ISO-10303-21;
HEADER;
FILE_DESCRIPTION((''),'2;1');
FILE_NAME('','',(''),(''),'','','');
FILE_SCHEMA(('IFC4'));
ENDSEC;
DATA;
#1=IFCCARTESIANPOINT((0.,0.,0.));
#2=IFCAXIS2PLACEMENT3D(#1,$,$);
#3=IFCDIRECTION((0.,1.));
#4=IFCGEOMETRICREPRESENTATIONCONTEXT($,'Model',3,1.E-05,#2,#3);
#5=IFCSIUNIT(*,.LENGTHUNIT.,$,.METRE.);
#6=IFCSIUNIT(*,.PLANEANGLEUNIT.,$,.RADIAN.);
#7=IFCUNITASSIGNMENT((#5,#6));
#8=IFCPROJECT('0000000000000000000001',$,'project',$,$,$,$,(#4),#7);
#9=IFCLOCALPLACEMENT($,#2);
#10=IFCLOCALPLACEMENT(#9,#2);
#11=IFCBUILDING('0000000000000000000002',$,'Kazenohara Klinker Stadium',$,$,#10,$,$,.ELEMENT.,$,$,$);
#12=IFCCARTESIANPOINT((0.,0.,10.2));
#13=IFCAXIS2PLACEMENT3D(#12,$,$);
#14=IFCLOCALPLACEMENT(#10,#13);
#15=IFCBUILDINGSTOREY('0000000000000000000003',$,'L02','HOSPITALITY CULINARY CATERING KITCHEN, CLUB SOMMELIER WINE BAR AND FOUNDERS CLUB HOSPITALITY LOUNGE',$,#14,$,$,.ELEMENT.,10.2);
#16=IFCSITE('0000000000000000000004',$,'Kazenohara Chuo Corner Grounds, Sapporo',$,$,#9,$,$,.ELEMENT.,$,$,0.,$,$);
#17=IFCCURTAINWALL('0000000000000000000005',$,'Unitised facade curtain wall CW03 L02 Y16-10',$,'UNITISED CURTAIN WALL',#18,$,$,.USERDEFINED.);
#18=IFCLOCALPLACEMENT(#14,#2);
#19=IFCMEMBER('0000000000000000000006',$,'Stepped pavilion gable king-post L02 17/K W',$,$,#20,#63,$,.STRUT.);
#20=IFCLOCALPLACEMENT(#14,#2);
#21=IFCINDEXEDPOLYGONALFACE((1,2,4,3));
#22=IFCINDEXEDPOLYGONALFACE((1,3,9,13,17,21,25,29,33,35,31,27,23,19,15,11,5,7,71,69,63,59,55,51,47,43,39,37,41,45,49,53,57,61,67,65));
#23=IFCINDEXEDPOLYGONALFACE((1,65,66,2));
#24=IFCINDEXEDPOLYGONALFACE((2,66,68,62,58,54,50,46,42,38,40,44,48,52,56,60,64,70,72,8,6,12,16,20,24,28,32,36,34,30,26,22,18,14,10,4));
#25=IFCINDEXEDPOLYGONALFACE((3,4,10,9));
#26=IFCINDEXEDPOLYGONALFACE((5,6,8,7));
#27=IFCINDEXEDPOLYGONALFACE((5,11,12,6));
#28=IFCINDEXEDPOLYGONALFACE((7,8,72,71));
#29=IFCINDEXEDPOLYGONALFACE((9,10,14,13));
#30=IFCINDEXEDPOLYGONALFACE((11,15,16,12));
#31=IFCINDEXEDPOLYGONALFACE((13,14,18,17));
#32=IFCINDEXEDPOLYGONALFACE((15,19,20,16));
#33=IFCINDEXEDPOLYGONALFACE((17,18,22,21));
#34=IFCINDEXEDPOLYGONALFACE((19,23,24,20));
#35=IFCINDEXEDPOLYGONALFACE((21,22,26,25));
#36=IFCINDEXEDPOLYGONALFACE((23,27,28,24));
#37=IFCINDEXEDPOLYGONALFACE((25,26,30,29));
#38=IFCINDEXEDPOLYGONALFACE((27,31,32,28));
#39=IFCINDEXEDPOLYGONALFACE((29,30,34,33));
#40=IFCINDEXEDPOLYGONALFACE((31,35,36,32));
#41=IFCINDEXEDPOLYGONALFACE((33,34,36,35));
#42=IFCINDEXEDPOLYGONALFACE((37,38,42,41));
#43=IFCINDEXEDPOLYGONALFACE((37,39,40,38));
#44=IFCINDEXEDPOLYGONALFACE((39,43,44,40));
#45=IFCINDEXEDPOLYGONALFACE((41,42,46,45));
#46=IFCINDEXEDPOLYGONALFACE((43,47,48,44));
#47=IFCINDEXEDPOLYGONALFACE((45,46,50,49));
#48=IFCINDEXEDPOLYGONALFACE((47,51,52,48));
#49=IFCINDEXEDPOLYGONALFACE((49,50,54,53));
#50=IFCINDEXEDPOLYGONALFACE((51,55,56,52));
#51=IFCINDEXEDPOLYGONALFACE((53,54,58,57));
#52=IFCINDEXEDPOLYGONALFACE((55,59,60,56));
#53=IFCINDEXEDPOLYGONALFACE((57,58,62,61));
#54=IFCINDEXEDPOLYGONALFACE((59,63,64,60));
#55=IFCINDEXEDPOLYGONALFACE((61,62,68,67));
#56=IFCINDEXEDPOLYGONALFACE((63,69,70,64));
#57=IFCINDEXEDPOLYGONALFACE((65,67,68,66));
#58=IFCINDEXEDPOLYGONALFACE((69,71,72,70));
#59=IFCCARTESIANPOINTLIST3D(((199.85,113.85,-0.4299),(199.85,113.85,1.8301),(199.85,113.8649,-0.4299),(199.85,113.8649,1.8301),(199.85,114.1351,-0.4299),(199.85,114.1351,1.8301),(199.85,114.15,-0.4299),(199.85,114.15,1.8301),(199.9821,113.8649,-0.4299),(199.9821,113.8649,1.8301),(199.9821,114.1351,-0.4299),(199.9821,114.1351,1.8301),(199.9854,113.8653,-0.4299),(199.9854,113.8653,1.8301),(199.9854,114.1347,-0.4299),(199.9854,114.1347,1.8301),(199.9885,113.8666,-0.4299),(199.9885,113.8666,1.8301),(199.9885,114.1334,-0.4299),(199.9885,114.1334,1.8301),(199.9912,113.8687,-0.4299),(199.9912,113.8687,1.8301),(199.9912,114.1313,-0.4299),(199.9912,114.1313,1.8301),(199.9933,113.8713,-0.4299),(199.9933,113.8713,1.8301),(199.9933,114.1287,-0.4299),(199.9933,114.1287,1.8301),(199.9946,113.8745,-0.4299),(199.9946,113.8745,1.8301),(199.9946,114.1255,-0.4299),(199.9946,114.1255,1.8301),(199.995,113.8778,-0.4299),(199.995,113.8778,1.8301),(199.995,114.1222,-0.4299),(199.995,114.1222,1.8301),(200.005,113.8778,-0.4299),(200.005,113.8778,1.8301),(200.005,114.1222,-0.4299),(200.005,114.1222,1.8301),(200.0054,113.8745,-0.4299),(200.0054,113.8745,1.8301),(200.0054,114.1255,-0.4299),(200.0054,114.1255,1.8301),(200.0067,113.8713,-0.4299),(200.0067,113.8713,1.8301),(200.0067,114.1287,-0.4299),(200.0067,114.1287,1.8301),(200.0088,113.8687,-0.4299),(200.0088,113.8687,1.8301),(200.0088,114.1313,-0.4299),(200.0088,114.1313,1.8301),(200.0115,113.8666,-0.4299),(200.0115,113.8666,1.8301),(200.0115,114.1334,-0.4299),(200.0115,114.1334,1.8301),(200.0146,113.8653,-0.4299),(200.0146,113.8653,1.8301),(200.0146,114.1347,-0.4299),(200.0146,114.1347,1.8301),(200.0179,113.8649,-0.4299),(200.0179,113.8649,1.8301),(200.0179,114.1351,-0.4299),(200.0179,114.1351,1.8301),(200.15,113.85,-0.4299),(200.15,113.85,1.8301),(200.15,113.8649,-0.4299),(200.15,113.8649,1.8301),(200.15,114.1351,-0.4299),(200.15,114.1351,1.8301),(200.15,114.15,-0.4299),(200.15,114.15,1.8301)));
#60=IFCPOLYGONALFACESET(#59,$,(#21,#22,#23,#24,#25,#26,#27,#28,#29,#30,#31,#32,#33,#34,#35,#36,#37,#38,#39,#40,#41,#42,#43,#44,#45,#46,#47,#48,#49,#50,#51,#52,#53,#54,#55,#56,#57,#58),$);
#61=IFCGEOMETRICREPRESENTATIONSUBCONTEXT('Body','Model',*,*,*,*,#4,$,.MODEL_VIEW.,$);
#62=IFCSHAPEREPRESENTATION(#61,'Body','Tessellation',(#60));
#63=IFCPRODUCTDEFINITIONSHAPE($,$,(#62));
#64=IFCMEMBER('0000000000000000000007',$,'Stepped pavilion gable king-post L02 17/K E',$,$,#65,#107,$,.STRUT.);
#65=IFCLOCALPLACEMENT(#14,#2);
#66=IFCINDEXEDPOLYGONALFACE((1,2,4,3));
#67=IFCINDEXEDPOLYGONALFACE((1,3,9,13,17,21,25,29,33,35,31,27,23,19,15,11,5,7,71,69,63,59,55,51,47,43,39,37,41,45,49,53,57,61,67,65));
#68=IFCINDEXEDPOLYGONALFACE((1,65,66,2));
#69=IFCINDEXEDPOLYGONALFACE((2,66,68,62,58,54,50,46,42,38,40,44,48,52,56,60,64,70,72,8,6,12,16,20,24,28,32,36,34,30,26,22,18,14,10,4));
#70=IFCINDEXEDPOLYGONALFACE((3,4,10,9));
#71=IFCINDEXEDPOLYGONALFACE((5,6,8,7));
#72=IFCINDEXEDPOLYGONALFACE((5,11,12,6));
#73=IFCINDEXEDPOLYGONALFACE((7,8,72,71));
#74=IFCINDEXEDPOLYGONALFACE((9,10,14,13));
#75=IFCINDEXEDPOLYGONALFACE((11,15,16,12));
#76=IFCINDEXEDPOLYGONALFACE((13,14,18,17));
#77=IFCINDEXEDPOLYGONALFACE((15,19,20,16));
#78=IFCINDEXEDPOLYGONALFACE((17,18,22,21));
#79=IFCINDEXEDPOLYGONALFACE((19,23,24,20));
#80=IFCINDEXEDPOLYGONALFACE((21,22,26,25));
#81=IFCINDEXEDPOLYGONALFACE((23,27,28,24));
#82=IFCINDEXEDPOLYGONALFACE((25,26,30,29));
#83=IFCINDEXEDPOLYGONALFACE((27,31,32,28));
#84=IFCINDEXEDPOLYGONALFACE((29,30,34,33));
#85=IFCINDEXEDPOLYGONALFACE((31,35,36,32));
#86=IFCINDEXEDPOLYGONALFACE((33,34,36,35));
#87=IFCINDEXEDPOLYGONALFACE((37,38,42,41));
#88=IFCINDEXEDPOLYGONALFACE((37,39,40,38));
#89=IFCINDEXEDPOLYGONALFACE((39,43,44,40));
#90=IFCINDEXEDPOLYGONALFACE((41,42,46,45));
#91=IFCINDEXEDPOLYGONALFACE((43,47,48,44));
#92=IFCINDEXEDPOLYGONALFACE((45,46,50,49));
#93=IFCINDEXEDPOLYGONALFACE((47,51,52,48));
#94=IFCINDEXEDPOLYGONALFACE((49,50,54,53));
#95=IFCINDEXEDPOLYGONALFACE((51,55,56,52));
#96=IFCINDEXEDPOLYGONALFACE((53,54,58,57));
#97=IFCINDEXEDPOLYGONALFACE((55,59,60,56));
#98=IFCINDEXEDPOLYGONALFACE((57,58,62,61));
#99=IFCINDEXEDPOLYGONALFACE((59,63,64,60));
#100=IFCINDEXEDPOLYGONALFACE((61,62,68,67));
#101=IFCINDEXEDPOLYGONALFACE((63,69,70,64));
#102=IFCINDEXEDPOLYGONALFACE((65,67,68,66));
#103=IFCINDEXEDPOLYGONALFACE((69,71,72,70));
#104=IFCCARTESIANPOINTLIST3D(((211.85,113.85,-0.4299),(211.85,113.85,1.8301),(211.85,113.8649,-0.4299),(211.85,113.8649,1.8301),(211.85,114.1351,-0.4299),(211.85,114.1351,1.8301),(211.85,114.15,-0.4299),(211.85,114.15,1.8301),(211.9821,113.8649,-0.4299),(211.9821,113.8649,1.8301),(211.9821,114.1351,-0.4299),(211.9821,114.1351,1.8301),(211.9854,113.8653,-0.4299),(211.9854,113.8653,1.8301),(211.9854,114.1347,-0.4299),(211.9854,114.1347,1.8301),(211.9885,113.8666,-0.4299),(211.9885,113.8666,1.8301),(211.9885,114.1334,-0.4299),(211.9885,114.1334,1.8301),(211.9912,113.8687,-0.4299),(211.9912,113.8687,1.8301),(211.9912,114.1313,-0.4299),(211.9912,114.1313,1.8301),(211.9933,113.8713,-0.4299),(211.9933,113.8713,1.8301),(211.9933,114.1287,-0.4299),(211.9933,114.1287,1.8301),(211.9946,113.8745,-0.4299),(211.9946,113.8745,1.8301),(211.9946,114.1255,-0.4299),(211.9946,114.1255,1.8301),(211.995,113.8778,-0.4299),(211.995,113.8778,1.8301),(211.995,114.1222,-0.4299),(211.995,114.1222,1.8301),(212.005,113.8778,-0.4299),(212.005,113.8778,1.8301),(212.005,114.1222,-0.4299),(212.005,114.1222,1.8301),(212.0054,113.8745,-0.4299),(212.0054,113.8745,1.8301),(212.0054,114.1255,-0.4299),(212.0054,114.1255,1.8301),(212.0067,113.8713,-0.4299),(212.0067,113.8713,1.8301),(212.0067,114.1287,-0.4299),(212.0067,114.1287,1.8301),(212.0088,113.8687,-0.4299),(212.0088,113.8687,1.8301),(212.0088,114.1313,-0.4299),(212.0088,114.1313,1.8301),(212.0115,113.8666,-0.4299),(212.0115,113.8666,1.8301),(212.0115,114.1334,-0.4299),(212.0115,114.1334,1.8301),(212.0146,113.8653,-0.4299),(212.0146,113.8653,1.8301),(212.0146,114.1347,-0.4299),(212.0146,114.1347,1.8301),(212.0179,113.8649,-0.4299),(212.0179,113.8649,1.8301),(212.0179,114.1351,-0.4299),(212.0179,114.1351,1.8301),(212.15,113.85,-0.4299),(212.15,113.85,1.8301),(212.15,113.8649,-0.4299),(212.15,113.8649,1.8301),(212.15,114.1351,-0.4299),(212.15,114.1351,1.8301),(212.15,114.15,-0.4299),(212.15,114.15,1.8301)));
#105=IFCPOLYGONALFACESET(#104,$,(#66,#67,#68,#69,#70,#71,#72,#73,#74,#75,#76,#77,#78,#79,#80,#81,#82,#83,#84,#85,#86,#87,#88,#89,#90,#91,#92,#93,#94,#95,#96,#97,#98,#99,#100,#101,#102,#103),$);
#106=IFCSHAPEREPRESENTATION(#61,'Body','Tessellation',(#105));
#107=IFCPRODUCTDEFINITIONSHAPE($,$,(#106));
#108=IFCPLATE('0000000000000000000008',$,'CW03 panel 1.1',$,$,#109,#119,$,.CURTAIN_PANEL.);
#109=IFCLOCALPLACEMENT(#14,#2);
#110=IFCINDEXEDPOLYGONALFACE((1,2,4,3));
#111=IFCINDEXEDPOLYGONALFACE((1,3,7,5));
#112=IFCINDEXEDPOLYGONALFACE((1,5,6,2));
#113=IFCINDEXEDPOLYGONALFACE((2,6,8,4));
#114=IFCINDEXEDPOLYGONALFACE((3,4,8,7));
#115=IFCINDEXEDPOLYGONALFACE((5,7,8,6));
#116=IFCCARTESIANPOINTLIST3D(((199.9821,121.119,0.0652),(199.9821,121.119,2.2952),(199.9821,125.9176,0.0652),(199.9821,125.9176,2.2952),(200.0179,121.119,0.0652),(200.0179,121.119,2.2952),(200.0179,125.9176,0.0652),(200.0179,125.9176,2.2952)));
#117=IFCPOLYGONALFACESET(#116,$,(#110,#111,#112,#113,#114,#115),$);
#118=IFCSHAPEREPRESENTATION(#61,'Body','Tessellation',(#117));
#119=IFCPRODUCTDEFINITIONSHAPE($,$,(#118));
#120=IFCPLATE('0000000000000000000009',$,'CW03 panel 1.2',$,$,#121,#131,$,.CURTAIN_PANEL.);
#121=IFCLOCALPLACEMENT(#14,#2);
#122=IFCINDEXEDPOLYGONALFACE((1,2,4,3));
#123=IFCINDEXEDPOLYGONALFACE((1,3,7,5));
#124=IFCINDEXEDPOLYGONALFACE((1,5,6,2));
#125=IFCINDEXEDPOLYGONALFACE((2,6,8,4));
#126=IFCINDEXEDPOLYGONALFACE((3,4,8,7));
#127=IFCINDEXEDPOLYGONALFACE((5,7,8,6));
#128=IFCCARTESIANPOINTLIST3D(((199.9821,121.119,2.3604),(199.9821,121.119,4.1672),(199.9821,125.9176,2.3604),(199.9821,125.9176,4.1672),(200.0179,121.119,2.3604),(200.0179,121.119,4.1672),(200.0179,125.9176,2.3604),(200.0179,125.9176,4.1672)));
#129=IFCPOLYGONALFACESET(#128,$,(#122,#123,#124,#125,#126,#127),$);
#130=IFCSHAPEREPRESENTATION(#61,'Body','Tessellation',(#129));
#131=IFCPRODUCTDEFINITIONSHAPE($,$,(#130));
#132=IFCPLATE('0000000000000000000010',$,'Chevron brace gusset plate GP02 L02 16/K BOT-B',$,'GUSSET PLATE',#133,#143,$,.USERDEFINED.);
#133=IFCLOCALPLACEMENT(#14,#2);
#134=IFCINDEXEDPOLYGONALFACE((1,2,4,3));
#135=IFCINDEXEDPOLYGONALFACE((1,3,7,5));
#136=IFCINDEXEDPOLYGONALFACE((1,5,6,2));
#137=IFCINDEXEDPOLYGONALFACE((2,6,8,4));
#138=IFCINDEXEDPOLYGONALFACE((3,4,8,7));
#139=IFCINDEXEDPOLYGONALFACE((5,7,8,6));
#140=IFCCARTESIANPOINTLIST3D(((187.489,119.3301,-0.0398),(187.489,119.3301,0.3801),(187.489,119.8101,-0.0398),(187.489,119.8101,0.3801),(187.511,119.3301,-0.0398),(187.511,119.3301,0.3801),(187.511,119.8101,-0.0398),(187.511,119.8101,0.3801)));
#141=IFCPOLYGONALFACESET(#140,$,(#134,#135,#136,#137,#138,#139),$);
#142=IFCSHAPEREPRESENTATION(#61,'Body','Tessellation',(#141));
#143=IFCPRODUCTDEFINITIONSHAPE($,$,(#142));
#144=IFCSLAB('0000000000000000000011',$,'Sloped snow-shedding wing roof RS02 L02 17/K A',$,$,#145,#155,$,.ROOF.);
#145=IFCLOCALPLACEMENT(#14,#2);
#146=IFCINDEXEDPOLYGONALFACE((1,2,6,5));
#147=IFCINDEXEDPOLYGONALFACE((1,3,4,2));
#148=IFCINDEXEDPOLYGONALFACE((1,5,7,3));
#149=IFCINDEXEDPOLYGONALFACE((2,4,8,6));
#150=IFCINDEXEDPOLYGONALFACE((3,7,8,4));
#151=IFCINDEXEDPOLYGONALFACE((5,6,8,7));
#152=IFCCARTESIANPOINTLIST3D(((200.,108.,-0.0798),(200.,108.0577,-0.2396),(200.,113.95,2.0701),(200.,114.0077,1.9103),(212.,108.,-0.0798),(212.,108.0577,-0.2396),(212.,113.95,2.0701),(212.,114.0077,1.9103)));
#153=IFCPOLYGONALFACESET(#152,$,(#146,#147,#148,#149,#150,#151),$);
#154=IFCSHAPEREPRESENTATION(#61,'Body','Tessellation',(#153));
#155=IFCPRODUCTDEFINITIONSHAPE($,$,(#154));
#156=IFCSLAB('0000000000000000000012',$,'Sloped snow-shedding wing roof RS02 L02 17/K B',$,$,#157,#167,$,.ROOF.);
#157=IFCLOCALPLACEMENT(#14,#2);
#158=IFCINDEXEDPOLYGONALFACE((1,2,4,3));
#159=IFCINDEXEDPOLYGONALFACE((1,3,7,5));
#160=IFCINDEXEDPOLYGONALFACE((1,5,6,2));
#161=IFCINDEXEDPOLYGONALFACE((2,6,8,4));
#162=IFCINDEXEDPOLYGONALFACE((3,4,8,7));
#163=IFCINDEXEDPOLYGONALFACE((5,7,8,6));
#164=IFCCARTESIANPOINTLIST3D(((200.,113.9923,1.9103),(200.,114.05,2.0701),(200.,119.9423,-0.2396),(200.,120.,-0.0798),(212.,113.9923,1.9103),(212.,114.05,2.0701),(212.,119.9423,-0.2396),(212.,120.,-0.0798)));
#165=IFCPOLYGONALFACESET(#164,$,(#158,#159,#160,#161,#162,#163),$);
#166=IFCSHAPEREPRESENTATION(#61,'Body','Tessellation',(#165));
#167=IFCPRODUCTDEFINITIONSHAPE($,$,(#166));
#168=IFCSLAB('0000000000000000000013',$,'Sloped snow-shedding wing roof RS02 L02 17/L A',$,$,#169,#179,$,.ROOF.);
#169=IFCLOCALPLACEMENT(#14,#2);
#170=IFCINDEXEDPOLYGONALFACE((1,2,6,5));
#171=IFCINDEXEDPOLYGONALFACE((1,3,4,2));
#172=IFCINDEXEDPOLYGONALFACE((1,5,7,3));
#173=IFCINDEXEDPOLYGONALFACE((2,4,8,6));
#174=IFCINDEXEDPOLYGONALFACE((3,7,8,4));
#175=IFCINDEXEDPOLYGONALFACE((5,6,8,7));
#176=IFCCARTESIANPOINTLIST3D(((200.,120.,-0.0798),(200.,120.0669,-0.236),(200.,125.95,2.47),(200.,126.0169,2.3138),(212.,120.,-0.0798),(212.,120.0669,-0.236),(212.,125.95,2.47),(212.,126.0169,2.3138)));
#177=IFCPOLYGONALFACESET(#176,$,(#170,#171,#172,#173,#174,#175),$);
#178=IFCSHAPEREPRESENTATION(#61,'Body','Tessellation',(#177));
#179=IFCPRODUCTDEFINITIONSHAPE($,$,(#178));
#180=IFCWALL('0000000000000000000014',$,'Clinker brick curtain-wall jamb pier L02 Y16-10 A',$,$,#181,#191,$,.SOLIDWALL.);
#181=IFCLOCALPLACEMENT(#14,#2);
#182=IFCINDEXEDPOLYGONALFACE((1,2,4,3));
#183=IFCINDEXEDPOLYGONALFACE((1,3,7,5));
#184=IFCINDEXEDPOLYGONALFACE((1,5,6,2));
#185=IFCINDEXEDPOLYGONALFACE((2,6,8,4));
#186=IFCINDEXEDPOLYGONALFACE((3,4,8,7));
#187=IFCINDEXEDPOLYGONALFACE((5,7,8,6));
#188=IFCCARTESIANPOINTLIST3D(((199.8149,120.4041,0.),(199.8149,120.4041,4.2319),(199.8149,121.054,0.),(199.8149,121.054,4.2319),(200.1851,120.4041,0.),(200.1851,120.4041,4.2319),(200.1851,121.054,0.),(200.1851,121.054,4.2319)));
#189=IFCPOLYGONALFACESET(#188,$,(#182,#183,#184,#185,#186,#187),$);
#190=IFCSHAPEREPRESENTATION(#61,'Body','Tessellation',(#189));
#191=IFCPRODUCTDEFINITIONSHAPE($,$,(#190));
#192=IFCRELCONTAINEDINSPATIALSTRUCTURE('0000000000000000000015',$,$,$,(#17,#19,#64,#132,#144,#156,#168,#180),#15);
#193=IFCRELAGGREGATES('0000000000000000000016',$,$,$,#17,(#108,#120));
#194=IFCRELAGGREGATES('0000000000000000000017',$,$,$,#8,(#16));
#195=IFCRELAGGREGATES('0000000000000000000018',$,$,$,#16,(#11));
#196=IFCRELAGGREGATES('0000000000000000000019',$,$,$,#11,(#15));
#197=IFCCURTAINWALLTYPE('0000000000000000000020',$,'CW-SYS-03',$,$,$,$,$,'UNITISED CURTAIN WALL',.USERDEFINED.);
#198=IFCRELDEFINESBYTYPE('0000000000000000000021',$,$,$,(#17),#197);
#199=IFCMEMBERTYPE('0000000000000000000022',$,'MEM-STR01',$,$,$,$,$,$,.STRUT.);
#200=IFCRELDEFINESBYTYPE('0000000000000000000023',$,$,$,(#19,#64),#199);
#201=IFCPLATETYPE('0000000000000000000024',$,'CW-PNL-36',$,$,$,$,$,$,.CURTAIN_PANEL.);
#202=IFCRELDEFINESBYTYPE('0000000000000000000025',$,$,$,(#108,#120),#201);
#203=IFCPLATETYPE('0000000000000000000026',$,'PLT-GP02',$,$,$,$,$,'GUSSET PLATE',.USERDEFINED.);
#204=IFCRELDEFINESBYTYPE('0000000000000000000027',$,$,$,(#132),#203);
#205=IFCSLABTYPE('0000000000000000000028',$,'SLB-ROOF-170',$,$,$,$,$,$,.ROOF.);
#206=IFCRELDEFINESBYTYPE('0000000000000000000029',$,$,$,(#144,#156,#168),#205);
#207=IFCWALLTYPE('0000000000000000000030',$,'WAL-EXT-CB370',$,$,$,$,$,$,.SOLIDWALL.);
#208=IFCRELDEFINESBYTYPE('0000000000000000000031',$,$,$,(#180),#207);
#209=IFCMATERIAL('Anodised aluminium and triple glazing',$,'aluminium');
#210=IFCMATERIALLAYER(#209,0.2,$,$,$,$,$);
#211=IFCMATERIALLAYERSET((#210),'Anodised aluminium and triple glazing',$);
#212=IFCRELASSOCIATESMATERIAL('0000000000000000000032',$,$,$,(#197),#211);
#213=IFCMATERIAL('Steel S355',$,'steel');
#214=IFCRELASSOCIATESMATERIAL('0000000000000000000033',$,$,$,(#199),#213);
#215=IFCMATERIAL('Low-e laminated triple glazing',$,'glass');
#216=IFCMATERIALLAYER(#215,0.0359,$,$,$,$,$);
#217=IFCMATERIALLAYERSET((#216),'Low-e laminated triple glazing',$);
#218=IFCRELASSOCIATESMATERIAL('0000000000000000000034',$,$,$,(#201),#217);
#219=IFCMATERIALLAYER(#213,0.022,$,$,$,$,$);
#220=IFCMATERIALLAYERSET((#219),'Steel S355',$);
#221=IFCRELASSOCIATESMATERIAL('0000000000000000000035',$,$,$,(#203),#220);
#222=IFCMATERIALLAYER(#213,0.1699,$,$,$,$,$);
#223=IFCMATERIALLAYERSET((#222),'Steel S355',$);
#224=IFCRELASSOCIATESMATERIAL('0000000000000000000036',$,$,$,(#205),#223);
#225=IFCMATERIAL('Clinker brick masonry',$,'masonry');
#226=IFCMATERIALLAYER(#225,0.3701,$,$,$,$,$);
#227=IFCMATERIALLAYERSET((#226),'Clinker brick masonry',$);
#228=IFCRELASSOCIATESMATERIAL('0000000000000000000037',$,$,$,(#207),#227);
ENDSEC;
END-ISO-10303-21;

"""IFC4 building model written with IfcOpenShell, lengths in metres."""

from ifc_helpers import new_model, si_unit, direction, frame, frame_2d, origin, origin_2d, place, context, subcontext, project, spatial, polyline, rectangle, i_section, outline, extrude, material, layer, layer_set, material_profile, profile_set, type_object, element, aggregate, save


model = new_model("IFC4")

# Units and contexts
model_context = context("Model", 3, precision=1e-05, world=origin(), true_north=direction((0.0, 1.0)))
body_context = subcontext(model_context, "Body", "Model", "MODEL_VIEW")
ifc_project = project(units=[si_unit("LENGTHUNIT", "METRE"), si_unit("PLANEANGLEUNIT", "RADIAN")], contexts=[model_context])

# Site, building, storey
site_placement = place(None, origin())
site = spatial("IfcSite", under=ifc_project, at=site_placement, Name="Kazenohara Chuo Corner Grounds, Sapporo", CompositionType="ELEMENT", RefElevation=0.0)
building_placement = place(site_placement, origin())
building = spatial("IfcBuilding", under=site, at=building_placement, Name="Kazenohara Klinker Stadium", CompositionType="ELEMENT")
storey_placement = place(building_placement, frame((0.0, 0.0, 10.2)))
storey = spatial("IfcBuildingStorey", under=building, at=storey_placement, Name="L02", Description="HOSPITALITY CULINARY CATERING KITCHEN, CLUB SOMMELIER WINE BAR AND FOUNDERS CLUB HOSPITALITY LOUNGE", CompositionType="ELEMENT", Elevation=10.2)

# Shared definitions
ifc_material_1 = material(Name="Steel S355", Category="steel")

# Curtain wall
ifc_material_2 = material(Name="Anodised aluminium and triple glazing", Category="aluminium")
ifc_layer_1 = layer(ifc_material_2, 0.2)
ifc_layer_set_1 = layer_set([ifc_layer_1], Name="Anodised aluminium and triple glazing")
curtain_wall_type = type_object("IfcCurtainWallType", Name="CW-SYS-03", ElementType="UNITISED CURTAIN WALL", PredefinedType="USERDEFINED", material=ifc_layer_set_1)
curtain_wall_placement = place(storey_placement, origin())
curtain_wall = element("IfcCurtainWall", 1, at=curtain_wall_placement, inside=storey, type_object=curtain_wall_type, Name="Unitised facade curtain wall CW03 L02 Y16-10", ObjectType="UNITISED CURTAIN WALL", PredefinedType="USERDEFINED")

# Members
ifc_material_profile_1 = material_profile(ifc_material_1, i_section(OverallWidth=0.3, OverallDepth=0.3, WebThickness=0.01, FlangeThickness=0.0149, FilletRadius=0.0129, at=origin_2d()), Name="H-300x300x10x15")
ifc_profile_set_1 = profile_set([ifc_material_profile_1], Name="Steel S355")
member_type_1 = type_object("IfcMemberType", Name="MEM-STR01", PredefinedType="STRUT", material=ifc_profile_set_1)
for number, where, z_axis, x_axis, name in (
    (2, (200.0, 114.0, -0.4299), (0.0, 0.0, 1.0), (1.0, 0.0, 0.0), "Stepped pavilion gable king-post L02 17/K W"),
    (3, (212.0, 114.0, -0.4299), (0.0, 0.0, 1.0), (1.0, 0.0, 0.0), "Stepped pavilion gable king-post L02 17/K E"),
):
    element("IfcMember", number, at=place(storey_placement, frame(where, z_axis=z_axis, x_axis=x_axis)), inside=storey, type_object=member_type_1, Name=name, PredefinedType="STRUT", context=body_context, shape_type="SweptSolid", body=[
        extrude(i_section(OverallWidth=0.3, OverallDepth=0.3, WebThickness=0.01, FlangeThickness=0.0149, FilletRadius=0.0129, at=origin_2d()), origin(), (0.0, 0.0, 1.0), 2.26),
    ])

# Plates
ifc_material_3 = material(Name="Low-e laminated triple glazing", Category="glass")
ifc_layer_2 = layer(ifc_material_3, 0.0359)
ifc_layer_set_2 = layer_set([ifc_layer_2], Name="Low-e laminated triple glazing")
plate_type_1 = type_object("IfcPlateType", Name="CW-PNL-36", PredefinedType="CURTAIN_PANEL", material=ifc_layer_set_2)
plate_1_placement = place(storey_placement, frame((200.0, 123.5183, 0.0652), z_axis=(0.0, 0.0, 1.0), x_axis=(0.0, 1.0, 0.0)))
plate_1 = element("IfcPlate", 4, at=plate_1_placement, type_object=plate_type_1, Name="CW03 panel 1.1", PredefinedType="CURTAIN_PANEL", context=body_context, shape_type="SweptSolid", body=[
    extrude(rectangle(XDim=4.7986, YDim=0.0359, at=origin_2d()), origin(), (0.0, 0.0, 1.0), 2.23),
])
plate_2_placement = place(storey_placement, frame((200.0, 123.5183, 2.3604), z_axis=(0.0, 0.0, 1.0), x_axis=(0.0, 1.0, 0.0)))
plate_2 = element("IfcPlate", 5, at=plate_2_placement, type_object=plate_type_1, Name="CW03 panel 1.2", PredefinedType="CURTAIN_PANEL", context=body_context, shape_type="SweptSolid", body=[
    extrude(rectangle(XDim=4.7986, YDim=0.0359, at=origin_2d()), origin(), (0.0, 0.0, 1.0), 1.8069),
])
aggregate(curtain_wall, [plate_1, plate_2])
ifc_layer_3 = layer(ifc_material_1, 0.022)
ifc_layer_set_3 = layer_set([ifc_layer_3], Name="Steel S355")
plate_type_2 = type_object("IfcPlateType", Name="PLT-GP02", ElementType="GUSSET PLATE", PredefinedType="USERDEFINED", material=ifc_layer_set_3)
plate_3_placement = place(storey_placement, frame((187.5, 119.5701, -0.0398), z_axis=(0.0, 0.0, 1.0), x_axis=(1.0, 0.0, 0.0)))
element("IfcPlate", 6, at=plate_3_placement, inside=storey, type_object=plate_type_2, Name="Chevron brace gusset plate GP02 L02 16/K BOT-B", ObjectType="GUSSET PLATE", PredefinedType="USERDEFINED", context=body_context, shape_type="SweptSolid", body=[
    extrude(rectangle(XDim=0.022, YDim=0.48, at=origin_2d()), origin(), (0.0, 0.0, 1.0), 0.4199),
])

# Slabs
ifc_layer_4 = layer(ifc_material_1, 0.1699)
ifc_layer_set_4 = layer_set([ifc_layer_4], Name="Steel S355")
slab_type = type_object("IfcSlabType", Name="SLB-ROOF-170", PredefinedType="ROOF", material=ifc_layer_set_4)
for number, where, z_axis, x_axis, name in (
    (7, (200.0, 108.0, -0.0798), (0.0, -0.339827, 0.940488), (1.0, 0.0, 0.0), "Sloped snow-shedding wing roof RS02 L02 17/K A"),
    (8, (200.0, 114.05, 2.0701), (0.0, 0.339827, 0.940488), (1.0, 0.0, 0.0), "Sloped snow-shedding wing roof RS02 L02 17/K B"),
):
    element("IfcSlab", number, at=place(storey_placement, frame(where, z_axis=z_axis, x_axis=x_axis)), inside=storey, type_object=slab_type, Name=name, PredefinedType="ROOF", context=body_context, shape_type="SweptSolid", body=[
        extrude(outline(polyline([(0.0, 0.0), (12.0, 0.0), (12.0, 6.3265), (0.0, 6.3265), (0.0, 0.0)])), origin(), (0.0, 0.0, -1.0), 0.1699),
    ])
slab_placement = place(storey_placement, frame((200.0, 120.0, -0.0798), z_axis=(0.0, -0.393897, 0.919155), x_axis=(1.0, 0.0, 0.0)))
element("IfcSlab", 9, at=slab_placement, inside=storey, type_object=slab_type, Name="Sloped snow-shedding wing roof RS02 L02 17/L A", PredefinedType="ROOF", context=body_context, shape_type="SweptSolid", body=[
    extrude(outline(polyline([(0.0, 0.0), (12.0, 0.0), (12.0, 6.4733), (0.0, 6.4733), (0.0, 0.0)])), origin(), (0.0, 0.0, -1.0), 0.1699),
])

# Wall
ifc_material_4 = material(Name="Clinker brick masonry", Category="masonry")
ifc_layer_5 = layer(ifc_material_4, 0.3701)
ifc_layer_set_5 = layer_set([ifc_layer_5], Name="Clinker brick masonry")
wall_type_1 = type_object("IfcWallType", Name="WAL-EXT-CB370", PredefinedType="SOLIDWALL", material=ifc_layer_set_5)
wall_1_placement = place(storey_placement, frame((200.0, 120.4041, 0.0), z_axis=(0.0, 0.0, 1.0), x_axis=(0.0, 1.0, 0.0)))
element("IfcWall", 10, at=wall_1_placement, inside=storey, type_object=wall_type_1, Name="Clinker brick curtain-wall jamb pier L02 Y16-10 A", PredefinedType="SOLIDWALL", context=body_context, shape_type="SweptSolid", body=[
    extrude(rectangle(XDim=0.6499, YDim=0.3701, at=frame_2d((0.325, 0.0))), origin(), (0.0, 0.0, 1.0), 4.2319),
])

save(model, "model.ifc")
